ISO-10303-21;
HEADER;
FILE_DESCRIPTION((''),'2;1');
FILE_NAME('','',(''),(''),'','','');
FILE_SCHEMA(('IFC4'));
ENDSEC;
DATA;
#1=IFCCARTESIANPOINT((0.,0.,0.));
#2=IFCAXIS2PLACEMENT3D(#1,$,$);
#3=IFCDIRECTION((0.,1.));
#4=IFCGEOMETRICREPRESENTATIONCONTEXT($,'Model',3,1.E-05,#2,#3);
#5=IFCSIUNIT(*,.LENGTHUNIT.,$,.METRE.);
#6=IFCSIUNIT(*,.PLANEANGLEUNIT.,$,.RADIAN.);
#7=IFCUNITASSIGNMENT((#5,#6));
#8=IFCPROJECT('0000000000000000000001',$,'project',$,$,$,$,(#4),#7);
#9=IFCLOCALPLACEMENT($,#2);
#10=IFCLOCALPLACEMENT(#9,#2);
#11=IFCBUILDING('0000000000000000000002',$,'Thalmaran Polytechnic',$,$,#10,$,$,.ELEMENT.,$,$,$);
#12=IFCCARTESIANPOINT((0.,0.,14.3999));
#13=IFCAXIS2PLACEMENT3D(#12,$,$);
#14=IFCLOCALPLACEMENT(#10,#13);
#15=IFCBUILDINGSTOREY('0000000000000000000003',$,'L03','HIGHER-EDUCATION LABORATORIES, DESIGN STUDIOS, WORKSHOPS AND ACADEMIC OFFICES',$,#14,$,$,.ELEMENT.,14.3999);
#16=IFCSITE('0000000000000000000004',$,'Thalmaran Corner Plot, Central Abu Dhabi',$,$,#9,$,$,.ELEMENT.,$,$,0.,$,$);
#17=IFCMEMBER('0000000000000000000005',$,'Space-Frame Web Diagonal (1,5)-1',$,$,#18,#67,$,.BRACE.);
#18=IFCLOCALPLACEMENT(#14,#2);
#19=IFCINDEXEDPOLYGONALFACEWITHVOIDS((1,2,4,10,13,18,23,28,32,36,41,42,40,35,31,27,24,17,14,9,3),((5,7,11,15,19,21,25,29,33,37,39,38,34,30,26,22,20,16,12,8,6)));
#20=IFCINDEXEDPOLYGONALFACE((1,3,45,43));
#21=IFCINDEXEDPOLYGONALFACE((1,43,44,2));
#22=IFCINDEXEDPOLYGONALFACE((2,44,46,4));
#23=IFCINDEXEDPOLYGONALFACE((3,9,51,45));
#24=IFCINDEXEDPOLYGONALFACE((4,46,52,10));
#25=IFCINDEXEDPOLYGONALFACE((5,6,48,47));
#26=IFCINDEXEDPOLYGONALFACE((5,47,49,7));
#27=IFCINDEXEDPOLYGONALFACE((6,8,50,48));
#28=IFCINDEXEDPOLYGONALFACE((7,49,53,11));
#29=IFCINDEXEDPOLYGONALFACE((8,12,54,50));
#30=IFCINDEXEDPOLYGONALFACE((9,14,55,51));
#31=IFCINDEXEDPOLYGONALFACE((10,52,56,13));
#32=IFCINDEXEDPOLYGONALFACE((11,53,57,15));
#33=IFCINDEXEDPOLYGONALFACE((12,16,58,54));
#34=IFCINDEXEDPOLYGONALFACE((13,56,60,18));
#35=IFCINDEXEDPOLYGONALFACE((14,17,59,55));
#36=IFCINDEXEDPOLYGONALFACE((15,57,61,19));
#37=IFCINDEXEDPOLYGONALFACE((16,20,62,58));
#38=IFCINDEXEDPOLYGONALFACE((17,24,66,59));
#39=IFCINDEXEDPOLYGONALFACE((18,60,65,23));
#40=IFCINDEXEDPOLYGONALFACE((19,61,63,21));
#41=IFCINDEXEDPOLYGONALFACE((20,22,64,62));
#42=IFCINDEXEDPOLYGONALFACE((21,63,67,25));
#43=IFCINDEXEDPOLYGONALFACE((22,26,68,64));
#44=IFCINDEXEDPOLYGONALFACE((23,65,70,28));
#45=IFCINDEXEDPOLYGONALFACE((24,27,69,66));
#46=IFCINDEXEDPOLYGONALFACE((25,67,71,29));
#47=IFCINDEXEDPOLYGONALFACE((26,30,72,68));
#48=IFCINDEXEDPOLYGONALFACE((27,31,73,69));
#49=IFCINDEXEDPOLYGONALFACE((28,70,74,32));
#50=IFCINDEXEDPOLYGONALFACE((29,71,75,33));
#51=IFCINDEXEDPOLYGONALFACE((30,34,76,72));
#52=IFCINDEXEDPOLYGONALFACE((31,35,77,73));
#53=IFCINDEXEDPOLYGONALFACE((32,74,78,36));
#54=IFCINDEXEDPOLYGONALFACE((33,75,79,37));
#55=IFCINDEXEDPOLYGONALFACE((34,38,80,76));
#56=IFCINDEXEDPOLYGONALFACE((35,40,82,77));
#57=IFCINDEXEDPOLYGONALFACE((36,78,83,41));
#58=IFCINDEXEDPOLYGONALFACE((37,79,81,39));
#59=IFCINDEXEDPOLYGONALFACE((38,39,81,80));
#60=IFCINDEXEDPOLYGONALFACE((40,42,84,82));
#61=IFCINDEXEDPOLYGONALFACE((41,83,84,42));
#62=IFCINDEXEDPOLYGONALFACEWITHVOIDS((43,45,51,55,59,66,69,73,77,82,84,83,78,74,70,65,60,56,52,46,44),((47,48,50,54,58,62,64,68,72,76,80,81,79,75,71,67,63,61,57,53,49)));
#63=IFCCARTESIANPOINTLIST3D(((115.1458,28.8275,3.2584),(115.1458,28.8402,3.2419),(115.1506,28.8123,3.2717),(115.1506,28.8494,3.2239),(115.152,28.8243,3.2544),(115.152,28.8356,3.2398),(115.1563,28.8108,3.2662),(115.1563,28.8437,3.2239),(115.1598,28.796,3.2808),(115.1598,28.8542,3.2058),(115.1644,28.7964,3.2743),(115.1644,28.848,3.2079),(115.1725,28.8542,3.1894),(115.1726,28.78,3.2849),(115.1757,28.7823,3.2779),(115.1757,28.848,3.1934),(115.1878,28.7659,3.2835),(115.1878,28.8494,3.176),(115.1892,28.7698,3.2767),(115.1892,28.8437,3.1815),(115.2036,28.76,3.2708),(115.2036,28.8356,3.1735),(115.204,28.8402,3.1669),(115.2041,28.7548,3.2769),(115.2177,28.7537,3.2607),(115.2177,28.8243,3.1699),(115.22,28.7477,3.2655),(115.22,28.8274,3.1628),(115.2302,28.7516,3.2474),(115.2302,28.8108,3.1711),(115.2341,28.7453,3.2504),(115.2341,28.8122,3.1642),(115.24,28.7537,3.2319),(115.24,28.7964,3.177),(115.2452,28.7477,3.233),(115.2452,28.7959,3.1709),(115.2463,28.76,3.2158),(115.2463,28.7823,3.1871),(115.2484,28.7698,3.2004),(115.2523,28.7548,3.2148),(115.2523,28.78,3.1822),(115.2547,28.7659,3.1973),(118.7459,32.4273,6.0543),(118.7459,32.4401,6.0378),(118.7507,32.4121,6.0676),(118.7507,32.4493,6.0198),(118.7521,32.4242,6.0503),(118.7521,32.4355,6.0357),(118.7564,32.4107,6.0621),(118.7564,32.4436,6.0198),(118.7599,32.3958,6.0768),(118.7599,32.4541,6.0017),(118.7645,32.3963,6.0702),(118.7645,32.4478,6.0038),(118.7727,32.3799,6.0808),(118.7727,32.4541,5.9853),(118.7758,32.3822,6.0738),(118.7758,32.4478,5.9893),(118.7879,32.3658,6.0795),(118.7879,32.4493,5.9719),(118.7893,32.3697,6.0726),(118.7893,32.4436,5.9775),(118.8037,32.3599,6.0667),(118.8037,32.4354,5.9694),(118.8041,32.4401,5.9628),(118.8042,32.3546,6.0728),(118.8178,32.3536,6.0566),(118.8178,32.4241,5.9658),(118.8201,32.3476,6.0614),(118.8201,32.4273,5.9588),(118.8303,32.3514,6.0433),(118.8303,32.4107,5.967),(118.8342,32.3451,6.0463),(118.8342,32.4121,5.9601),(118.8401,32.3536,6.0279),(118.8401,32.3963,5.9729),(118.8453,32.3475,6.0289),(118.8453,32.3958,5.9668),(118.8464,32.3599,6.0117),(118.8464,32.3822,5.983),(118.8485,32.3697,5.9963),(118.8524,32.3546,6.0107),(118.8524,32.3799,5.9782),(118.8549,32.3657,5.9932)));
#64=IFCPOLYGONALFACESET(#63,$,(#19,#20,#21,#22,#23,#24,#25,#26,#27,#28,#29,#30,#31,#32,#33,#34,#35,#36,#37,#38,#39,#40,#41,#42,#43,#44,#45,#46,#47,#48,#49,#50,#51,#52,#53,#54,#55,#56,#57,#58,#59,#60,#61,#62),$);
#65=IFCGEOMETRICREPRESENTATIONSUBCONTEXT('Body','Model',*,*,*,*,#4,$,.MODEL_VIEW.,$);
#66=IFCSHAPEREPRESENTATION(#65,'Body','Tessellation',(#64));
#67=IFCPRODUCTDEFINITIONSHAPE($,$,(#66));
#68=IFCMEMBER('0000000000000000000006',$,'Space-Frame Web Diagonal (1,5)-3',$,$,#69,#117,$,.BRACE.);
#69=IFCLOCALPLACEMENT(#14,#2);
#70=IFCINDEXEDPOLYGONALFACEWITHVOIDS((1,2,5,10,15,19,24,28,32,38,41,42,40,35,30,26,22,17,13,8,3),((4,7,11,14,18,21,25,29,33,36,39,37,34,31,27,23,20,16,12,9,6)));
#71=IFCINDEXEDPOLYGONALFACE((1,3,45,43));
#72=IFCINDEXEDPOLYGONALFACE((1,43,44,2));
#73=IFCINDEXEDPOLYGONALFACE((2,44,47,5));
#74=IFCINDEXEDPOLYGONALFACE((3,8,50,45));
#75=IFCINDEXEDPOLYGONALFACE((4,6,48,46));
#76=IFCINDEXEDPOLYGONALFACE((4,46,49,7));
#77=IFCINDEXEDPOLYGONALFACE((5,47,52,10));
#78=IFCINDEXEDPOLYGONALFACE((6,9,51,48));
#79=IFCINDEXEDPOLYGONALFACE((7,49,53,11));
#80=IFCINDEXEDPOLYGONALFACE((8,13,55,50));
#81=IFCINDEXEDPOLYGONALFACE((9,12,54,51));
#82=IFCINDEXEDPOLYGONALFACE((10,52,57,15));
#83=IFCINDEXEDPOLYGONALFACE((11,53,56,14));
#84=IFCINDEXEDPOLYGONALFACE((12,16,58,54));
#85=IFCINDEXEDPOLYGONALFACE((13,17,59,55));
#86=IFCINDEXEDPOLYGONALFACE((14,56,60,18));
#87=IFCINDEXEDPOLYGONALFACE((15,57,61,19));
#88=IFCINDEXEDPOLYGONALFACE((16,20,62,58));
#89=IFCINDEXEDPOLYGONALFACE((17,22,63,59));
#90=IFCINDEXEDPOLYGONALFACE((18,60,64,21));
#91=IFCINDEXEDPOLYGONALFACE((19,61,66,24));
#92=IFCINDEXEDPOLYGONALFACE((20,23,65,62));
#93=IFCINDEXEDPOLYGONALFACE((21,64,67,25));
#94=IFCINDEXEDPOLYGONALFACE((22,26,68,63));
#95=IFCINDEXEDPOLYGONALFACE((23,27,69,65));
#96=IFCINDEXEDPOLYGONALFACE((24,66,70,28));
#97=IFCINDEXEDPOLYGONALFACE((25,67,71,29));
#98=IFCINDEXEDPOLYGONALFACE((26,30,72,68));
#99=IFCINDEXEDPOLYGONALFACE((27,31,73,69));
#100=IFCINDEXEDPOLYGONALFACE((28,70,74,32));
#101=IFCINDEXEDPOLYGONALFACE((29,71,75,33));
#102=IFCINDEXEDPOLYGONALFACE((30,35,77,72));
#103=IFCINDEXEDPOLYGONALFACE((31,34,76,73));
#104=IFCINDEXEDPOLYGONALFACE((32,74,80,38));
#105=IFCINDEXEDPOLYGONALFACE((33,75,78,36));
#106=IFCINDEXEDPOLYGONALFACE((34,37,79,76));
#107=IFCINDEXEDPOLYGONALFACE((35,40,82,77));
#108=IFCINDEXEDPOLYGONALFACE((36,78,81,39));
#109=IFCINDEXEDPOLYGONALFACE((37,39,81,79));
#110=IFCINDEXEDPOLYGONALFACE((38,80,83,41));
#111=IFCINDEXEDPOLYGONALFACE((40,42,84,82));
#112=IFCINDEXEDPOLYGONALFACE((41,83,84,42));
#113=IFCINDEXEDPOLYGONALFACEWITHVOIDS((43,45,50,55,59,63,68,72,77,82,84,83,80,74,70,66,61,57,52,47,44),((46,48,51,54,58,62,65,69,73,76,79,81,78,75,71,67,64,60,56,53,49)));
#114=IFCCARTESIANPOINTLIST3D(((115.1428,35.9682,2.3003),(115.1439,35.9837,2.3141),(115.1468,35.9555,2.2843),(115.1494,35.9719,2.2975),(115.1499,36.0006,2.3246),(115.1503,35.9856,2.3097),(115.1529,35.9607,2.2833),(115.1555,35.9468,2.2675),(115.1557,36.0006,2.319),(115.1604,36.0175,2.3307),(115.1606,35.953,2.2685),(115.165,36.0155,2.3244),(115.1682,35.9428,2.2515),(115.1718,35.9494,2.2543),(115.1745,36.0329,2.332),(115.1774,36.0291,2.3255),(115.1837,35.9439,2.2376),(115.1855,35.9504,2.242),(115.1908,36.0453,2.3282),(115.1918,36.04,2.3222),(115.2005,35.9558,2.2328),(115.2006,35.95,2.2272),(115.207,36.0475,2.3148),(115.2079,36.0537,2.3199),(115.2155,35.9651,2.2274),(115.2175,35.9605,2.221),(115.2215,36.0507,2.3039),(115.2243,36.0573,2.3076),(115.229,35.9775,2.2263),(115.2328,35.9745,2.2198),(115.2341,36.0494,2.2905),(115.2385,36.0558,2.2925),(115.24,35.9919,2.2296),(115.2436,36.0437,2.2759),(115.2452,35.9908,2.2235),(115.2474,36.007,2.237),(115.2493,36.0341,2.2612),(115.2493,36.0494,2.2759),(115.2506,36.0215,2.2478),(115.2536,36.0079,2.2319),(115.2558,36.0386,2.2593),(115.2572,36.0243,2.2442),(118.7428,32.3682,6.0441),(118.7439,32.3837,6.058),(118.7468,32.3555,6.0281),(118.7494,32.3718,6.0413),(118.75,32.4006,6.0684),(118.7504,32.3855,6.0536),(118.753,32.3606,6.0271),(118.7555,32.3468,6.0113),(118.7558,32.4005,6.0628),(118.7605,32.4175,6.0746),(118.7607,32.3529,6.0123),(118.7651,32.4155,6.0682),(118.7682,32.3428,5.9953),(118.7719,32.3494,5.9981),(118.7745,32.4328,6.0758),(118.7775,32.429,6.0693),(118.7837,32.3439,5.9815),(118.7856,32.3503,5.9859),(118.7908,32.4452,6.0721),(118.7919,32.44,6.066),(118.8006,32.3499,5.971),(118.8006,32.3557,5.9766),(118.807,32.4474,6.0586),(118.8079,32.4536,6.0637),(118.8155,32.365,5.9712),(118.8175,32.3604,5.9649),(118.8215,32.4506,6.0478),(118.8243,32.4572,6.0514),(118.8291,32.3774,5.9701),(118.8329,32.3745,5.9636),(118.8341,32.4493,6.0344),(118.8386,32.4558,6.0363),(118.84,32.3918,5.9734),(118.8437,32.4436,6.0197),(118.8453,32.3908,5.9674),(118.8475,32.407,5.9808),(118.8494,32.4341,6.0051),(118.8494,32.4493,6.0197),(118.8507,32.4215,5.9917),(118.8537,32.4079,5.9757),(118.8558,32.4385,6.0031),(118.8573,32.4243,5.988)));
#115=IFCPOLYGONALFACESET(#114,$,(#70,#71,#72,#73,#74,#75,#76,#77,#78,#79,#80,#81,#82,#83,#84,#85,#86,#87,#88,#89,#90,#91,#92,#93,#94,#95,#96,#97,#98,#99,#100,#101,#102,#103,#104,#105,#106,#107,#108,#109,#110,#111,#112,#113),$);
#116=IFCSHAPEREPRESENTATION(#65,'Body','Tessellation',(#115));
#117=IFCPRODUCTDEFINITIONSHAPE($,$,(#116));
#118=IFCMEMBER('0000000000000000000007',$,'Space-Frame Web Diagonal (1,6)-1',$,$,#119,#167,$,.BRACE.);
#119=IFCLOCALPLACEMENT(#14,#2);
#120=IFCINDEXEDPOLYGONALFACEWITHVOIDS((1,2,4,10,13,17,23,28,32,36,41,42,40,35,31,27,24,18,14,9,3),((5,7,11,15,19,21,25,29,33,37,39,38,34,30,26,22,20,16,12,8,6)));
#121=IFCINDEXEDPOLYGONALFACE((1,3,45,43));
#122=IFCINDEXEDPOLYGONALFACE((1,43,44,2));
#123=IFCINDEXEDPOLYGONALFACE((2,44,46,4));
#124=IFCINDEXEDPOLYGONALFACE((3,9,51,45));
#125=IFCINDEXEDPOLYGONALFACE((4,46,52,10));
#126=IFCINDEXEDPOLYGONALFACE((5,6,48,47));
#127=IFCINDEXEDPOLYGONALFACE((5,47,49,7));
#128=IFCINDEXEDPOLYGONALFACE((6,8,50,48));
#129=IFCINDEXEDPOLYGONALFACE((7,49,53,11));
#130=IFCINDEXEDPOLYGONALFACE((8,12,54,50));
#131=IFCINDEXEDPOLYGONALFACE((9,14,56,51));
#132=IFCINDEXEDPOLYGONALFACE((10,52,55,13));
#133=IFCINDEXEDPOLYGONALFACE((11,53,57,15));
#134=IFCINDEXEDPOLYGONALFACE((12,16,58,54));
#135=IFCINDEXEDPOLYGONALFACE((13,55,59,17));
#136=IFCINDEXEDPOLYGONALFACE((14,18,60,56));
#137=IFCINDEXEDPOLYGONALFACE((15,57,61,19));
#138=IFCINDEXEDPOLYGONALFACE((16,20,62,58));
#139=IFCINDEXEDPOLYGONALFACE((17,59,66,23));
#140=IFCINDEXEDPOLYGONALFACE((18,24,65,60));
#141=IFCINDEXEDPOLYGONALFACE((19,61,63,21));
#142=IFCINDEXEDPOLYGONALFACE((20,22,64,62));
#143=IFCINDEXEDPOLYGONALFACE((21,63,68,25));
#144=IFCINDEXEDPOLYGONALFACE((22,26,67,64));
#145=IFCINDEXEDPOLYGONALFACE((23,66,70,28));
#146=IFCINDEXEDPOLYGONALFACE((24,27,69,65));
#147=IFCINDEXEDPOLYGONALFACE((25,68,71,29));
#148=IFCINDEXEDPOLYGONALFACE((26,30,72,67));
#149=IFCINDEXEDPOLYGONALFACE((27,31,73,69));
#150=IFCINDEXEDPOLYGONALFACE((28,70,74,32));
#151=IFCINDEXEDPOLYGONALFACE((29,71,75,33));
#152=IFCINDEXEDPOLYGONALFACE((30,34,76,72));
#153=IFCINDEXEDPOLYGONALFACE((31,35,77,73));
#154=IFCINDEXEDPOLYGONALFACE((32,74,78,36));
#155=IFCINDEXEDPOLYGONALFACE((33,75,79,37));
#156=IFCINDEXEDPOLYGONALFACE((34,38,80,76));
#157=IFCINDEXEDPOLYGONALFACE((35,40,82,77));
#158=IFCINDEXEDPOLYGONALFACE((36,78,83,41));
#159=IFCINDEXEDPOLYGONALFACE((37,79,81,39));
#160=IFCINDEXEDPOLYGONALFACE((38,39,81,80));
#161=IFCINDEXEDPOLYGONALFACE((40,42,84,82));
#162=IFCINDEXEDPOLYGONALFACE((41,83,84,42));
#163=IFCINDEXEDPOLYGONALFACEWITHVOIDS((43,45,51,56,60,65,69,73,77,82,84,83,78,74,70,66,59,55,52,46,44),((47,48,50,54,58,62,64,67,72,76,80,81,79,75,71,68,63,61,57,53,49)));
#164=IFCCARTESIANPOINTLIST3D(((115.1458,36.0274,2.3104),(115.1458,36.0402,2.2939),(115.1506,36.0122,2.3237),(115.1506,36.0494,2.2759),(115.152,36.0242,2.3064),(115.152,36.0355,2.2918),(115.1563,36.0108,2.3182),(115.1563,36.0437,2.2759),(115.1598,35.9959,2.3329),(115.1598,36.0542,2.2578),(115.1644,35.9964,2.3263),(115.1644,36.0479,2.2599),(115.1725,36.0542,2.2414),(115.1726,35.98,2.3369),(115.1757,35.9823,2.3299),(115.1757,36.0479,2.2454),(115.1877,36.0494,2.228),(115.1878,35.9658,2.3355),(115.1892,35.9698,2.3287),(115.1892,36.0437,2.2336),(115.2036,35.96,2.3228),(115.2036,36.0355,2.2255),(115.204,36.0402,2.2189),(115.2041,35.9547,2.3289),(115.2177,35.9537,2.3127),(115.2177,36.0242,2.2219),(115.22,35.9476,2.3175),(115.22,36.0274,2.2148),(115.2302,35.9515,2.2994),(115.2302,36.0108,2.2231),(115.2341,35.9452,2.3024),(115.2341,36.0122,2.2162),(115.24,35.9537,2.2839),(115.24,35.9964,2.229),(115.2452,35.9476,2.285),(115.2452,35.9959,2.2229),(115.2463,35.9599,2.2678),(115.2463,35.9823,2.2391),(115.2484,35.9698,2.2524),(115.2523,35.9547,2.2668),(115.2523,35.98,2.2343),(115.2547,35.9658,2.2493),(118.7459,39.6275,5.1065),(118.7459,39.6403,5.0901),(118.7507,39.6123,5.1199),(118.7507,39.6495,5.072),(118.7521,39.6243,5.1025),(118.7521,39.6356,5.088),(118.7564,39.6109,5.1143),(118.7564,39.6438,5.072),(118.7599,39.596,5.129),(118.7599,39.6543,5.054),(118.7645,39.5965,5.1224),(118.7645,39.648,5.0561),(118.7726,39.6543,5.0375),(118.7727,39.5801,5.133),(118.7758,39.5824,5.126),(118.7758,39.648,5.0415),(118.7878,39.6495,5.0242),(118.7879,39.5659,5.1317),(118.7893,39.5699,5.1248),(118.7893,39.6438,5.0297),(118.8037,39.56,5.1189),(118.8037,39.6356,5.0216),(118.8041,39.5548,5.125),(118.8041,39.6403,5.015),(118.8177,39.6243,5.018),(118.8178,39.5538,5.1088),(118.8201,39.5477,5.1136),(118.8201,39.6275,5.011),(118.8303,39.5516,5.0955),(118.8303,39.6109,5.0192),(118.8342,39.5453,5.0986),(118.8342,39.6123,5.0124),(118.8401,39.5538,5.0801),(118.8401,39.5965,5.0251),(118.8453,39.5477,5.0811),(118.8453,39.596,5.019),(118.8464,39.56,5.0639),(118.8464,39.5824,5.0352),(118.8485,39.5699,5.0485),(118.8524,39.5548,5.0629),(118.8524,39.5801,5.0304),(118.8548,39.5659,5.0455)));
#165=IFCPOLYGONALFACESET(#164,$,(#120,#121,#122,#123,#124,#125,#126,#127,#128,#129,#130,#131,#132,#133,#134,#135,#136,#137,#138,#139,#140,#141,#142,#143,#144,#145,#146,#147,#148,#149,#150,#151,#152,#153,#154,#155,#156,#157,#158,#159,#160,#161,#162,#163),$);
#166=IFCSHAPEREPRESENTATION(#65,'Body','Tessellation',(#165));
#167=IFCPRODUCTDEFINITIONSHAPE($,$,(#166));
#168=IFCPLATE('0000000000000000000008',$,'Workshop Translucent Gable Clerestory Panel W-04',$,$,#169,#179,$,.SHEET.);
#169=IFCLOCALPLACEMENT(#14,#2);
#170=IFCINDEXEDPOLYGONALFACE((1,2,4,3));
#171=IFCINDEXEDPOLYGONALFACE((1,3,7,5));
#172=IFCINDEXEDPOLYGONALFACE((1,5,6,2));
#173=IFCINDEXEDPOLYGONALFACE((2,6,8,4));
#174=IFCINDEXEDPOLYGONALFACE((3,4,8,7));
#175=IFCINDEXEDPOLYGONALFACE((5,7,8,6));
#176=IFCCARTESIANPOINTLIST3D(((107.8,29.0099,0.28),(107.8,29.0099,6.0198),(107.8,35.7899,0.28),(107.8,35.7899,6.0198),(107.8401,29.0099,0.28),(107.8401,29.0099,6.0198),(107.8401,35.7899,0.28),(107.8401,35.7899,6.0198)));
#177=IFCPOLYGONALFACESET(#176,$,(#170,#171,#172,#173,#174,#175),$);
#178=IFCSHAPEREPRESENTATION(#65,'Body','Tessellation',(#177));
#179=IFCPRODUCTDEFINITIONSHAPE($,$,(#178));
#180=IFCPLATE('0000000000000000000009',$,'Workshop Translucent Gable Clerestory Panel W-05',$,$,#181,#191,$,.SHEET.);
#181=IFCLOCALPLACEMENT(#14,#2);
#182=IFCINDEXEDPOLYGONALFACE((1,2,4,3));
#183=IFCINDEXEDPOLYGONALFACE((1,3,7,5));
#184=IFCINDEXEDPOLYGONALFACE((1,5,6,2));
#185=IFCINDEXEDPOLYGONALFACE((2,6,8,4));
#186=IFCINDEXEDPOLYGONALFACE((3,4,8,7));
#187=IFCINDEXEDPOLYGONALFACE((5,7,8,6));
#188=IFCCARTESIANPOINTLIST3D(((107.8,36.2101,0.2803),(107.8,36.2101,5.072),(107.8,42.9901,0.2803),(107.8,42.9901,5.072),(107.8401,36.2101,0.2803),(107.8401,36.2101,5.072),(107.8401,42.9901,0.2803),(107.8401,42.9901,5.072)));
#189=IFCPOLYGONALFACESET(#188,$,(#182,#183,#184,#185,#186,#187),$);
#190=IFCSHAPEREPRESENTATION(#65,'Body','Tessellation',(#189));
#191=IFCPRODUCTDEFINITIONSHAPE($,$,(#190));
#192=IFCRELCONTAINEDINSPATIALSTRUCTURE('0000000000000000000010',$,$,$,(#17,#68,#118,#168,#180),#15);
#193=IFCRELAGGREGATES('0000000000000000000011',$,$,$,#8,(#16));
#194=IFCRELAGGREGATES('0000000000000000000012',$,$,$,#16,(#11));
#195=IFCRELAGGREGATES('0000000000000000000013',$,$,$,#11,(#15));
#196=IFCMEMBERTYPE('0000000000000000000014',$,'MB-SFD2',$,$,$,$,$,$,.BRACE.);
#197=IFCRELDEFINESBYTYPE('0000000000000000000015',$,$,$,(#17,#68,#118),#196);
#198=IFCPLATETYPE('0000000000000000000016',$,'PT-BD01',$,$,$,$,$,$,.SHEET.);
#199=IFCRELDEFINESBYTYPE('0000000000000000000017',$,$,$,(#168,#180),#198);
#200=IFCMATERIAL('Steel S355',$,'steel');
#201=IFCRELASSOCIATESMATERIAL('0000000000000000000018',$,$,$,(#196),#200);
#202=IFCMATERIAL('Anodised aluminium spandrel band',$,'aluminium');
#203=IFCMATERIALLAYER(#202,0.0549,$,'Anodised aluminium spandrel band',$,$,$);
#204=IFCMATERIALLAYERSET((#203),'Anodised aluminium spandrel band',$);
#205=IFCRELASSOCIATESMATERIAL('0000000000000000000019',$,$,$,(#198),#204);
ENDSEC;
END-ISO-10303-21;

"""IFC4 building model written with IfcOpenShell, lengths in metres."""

from ifc_helpers import new_model, si_unit, direction, frame, origin, origin_2d, place, context, subcontext, project, spatial, rectangle, hollow_circle, extrude, material, layer, layer_set, material_profile, profile_set, type_object, element, save


model = new_model("IFC4")

# Units and contexts
model_context = context("Model", 3, precision=1e-05, world=origin(), true_north=direction((0.0, 1.0)))
body_context = subcontext(model_context, "Body", "Model", "MODEL_VIEW")
ifc_project = project(units=[si_unit("LENGTHUNIT", "METRE"), si_unit("PLANEANGLEUNIT", "RADIAN")], contexts=[model_context])

# Site, building, storey
site_placement = place(None, origin())
site = spatial("IfcSite", under=ifc_project, at=site_placement, Name="Thalmaran Corner Plot, Central Abu Dhabi", CompositionType="ELEMENT", RefElevation=0.0)
building_placement = place(site_placement, origin())
building = spatial("IfcBuilding", under=site, at=building_placement, Name="Thalmaran Polytechnic", CompositionType="ELEMENT")
storey_placement = place(building_placement, frame((0.0, 0.0, 14.3999)))
storey = spatial("IfcBuildingStorey", under=building, at=storey_placement, Name="L03", Description="HIGHER-EDUCATION LABORATORIES, DESIGN STUDIOS, WORKSHOPS AND ACADEMIC OFFICES", CompositionType="ELEMENT", Elevation=14.3999)

# Shared definitions
ifc_material_1 = material(Name="Steel S355", Category="steel")

# Members
ifc_material_profile_1 = material_profile(ifc_material_1, hollow_circle(Radius=0.0698, WallThickness=0.0081, at=origin_2d()), Name="CHS 139.7x8.0")
ifc_profile_set_1 = profile_set([ifc_material_profile_1], Name="Steel S355")
member_type_1 = type_object("IfcMemberType", Name="MB-SFD2", PredefinedType="BRACE", material=ifc_profile_set_1)
member_1_placement = place(storey_placement, frame((115.2, 28.8, 3.2239), z_axis=(0.619816, 0.619774, 0.48136), x_axis=(-0.707083, 0.707131, 0.0)))
element("IfcMember", 1, at=member_1_placement, inside=storey, type_object=member_type_1, Name="Space-Frame Web Diagonal (1,5)-1", PredefinedType="BRACE", context=body_context, shape_type="SweptSolid", body=[
    extrude(hollow_circle(Radius=0.0698, WallThickness=0.0081, at=origin_2d()), origin(), (0.0, 0.0, 1.0), 5.8083),
])
member_2_placement = place(storey_placement, frame((115.2, 36.0, 2.2759), z_axis=(0.569666, -0.569666, 0.59242), x_axis=(0.707107, 0.707107, 0.0)))
element("IfcMember", 2, at=member_2_placement, inside=storey, type_object=member_type_1, Name="Space-Frame Web Diagonal (1,5)-3", PredefinedType="BRACE", context=body_context, shape_type="SweptSolid", body=[
    extrude(hollow_circle(Radius=0.0698, WallThickness=0.0081, at=origin_2d()), origin(), (0.0, 0.0, 1.0), 6.3196),
])
member_3_placement = place(storey_placement, frame((115.2, 36.0, 2.2759), z_axis=(0.619788, 0.619788, 0.48138), x_axis=(-0.707107, 0.707107, 0.0)))
element("IfcMember", 3, at=member_3_placement, inside=storey, type_object=member_type_1, Name="Space-Frame Web Diagonal (1,6)-1", PredefinedType="BRACE", context=body_context, shape_type="SweptSolid", body=[
    extrude(hollow_circle(Radius=0.0698, WallThickness=0.0081, at=origin_2d()), origin(), (0.0, 0.0, 1.0), 5.8086),
])

# Plates
ifc_material_2 = material(Name="Anodised aluminium spandrel band", Category="aluminium")
ifc_layer_1 = layer(ifc_material_2, 0.0549, Name="Anodised aluminium spandrel band")
ifc_layer_set_1 = layer_set([ifc_layer_1], Name="Anodised aluminium spandrel band")
plate_type_1 = type_object("IfcPlateType", Name="PT-BD01", PredefinedType="SHEET", material=ifc_layer_set_1)
plate_1_placement = place(storey_placement, frame((107.8201, 32.3999, 0.28), z_axis=(0.0, 0.0, 1.0), x_axis=(1.0, 0.0, 0.0)))
element("IfcPlate", 4, at=plate_1_placement, inside=storey, type_object=plate_type_1, Name="Workshop Translucent Gable Clerestory Panel W-04", PredefinedType="SHEET", context=body_context, shape_type="SweptSolid", body=[
    extrude(rectangle(XDim=0.04, YDim=6.78, at=origin_2d()), origin(), (0.0, 0.0, 1.0), 5.7397),
])
plate_2_placement = place(storey_placement, frame((107.8201, 39.6001, 0.2803), z_axis=(0.0, 0.0, 1.0), x_axis=(1.0, 0.0, 0.0)))
element("IfcPlate", 5, at=plate_2_placement, inside=storey, type_object=plate_type_1, Name="Workshop Translucent Gable Clerestory Panel W-05", PredefinedType="SHEET", context=body_context, shape_type="SweptSolid", body=[
    extrude(rectangle(XDim=0.04, YDim=6.78, at=origin_2d()), origin(), (0.0, 0.0, 1.0), 4.7917),
])

save(model, "model.ifc")
